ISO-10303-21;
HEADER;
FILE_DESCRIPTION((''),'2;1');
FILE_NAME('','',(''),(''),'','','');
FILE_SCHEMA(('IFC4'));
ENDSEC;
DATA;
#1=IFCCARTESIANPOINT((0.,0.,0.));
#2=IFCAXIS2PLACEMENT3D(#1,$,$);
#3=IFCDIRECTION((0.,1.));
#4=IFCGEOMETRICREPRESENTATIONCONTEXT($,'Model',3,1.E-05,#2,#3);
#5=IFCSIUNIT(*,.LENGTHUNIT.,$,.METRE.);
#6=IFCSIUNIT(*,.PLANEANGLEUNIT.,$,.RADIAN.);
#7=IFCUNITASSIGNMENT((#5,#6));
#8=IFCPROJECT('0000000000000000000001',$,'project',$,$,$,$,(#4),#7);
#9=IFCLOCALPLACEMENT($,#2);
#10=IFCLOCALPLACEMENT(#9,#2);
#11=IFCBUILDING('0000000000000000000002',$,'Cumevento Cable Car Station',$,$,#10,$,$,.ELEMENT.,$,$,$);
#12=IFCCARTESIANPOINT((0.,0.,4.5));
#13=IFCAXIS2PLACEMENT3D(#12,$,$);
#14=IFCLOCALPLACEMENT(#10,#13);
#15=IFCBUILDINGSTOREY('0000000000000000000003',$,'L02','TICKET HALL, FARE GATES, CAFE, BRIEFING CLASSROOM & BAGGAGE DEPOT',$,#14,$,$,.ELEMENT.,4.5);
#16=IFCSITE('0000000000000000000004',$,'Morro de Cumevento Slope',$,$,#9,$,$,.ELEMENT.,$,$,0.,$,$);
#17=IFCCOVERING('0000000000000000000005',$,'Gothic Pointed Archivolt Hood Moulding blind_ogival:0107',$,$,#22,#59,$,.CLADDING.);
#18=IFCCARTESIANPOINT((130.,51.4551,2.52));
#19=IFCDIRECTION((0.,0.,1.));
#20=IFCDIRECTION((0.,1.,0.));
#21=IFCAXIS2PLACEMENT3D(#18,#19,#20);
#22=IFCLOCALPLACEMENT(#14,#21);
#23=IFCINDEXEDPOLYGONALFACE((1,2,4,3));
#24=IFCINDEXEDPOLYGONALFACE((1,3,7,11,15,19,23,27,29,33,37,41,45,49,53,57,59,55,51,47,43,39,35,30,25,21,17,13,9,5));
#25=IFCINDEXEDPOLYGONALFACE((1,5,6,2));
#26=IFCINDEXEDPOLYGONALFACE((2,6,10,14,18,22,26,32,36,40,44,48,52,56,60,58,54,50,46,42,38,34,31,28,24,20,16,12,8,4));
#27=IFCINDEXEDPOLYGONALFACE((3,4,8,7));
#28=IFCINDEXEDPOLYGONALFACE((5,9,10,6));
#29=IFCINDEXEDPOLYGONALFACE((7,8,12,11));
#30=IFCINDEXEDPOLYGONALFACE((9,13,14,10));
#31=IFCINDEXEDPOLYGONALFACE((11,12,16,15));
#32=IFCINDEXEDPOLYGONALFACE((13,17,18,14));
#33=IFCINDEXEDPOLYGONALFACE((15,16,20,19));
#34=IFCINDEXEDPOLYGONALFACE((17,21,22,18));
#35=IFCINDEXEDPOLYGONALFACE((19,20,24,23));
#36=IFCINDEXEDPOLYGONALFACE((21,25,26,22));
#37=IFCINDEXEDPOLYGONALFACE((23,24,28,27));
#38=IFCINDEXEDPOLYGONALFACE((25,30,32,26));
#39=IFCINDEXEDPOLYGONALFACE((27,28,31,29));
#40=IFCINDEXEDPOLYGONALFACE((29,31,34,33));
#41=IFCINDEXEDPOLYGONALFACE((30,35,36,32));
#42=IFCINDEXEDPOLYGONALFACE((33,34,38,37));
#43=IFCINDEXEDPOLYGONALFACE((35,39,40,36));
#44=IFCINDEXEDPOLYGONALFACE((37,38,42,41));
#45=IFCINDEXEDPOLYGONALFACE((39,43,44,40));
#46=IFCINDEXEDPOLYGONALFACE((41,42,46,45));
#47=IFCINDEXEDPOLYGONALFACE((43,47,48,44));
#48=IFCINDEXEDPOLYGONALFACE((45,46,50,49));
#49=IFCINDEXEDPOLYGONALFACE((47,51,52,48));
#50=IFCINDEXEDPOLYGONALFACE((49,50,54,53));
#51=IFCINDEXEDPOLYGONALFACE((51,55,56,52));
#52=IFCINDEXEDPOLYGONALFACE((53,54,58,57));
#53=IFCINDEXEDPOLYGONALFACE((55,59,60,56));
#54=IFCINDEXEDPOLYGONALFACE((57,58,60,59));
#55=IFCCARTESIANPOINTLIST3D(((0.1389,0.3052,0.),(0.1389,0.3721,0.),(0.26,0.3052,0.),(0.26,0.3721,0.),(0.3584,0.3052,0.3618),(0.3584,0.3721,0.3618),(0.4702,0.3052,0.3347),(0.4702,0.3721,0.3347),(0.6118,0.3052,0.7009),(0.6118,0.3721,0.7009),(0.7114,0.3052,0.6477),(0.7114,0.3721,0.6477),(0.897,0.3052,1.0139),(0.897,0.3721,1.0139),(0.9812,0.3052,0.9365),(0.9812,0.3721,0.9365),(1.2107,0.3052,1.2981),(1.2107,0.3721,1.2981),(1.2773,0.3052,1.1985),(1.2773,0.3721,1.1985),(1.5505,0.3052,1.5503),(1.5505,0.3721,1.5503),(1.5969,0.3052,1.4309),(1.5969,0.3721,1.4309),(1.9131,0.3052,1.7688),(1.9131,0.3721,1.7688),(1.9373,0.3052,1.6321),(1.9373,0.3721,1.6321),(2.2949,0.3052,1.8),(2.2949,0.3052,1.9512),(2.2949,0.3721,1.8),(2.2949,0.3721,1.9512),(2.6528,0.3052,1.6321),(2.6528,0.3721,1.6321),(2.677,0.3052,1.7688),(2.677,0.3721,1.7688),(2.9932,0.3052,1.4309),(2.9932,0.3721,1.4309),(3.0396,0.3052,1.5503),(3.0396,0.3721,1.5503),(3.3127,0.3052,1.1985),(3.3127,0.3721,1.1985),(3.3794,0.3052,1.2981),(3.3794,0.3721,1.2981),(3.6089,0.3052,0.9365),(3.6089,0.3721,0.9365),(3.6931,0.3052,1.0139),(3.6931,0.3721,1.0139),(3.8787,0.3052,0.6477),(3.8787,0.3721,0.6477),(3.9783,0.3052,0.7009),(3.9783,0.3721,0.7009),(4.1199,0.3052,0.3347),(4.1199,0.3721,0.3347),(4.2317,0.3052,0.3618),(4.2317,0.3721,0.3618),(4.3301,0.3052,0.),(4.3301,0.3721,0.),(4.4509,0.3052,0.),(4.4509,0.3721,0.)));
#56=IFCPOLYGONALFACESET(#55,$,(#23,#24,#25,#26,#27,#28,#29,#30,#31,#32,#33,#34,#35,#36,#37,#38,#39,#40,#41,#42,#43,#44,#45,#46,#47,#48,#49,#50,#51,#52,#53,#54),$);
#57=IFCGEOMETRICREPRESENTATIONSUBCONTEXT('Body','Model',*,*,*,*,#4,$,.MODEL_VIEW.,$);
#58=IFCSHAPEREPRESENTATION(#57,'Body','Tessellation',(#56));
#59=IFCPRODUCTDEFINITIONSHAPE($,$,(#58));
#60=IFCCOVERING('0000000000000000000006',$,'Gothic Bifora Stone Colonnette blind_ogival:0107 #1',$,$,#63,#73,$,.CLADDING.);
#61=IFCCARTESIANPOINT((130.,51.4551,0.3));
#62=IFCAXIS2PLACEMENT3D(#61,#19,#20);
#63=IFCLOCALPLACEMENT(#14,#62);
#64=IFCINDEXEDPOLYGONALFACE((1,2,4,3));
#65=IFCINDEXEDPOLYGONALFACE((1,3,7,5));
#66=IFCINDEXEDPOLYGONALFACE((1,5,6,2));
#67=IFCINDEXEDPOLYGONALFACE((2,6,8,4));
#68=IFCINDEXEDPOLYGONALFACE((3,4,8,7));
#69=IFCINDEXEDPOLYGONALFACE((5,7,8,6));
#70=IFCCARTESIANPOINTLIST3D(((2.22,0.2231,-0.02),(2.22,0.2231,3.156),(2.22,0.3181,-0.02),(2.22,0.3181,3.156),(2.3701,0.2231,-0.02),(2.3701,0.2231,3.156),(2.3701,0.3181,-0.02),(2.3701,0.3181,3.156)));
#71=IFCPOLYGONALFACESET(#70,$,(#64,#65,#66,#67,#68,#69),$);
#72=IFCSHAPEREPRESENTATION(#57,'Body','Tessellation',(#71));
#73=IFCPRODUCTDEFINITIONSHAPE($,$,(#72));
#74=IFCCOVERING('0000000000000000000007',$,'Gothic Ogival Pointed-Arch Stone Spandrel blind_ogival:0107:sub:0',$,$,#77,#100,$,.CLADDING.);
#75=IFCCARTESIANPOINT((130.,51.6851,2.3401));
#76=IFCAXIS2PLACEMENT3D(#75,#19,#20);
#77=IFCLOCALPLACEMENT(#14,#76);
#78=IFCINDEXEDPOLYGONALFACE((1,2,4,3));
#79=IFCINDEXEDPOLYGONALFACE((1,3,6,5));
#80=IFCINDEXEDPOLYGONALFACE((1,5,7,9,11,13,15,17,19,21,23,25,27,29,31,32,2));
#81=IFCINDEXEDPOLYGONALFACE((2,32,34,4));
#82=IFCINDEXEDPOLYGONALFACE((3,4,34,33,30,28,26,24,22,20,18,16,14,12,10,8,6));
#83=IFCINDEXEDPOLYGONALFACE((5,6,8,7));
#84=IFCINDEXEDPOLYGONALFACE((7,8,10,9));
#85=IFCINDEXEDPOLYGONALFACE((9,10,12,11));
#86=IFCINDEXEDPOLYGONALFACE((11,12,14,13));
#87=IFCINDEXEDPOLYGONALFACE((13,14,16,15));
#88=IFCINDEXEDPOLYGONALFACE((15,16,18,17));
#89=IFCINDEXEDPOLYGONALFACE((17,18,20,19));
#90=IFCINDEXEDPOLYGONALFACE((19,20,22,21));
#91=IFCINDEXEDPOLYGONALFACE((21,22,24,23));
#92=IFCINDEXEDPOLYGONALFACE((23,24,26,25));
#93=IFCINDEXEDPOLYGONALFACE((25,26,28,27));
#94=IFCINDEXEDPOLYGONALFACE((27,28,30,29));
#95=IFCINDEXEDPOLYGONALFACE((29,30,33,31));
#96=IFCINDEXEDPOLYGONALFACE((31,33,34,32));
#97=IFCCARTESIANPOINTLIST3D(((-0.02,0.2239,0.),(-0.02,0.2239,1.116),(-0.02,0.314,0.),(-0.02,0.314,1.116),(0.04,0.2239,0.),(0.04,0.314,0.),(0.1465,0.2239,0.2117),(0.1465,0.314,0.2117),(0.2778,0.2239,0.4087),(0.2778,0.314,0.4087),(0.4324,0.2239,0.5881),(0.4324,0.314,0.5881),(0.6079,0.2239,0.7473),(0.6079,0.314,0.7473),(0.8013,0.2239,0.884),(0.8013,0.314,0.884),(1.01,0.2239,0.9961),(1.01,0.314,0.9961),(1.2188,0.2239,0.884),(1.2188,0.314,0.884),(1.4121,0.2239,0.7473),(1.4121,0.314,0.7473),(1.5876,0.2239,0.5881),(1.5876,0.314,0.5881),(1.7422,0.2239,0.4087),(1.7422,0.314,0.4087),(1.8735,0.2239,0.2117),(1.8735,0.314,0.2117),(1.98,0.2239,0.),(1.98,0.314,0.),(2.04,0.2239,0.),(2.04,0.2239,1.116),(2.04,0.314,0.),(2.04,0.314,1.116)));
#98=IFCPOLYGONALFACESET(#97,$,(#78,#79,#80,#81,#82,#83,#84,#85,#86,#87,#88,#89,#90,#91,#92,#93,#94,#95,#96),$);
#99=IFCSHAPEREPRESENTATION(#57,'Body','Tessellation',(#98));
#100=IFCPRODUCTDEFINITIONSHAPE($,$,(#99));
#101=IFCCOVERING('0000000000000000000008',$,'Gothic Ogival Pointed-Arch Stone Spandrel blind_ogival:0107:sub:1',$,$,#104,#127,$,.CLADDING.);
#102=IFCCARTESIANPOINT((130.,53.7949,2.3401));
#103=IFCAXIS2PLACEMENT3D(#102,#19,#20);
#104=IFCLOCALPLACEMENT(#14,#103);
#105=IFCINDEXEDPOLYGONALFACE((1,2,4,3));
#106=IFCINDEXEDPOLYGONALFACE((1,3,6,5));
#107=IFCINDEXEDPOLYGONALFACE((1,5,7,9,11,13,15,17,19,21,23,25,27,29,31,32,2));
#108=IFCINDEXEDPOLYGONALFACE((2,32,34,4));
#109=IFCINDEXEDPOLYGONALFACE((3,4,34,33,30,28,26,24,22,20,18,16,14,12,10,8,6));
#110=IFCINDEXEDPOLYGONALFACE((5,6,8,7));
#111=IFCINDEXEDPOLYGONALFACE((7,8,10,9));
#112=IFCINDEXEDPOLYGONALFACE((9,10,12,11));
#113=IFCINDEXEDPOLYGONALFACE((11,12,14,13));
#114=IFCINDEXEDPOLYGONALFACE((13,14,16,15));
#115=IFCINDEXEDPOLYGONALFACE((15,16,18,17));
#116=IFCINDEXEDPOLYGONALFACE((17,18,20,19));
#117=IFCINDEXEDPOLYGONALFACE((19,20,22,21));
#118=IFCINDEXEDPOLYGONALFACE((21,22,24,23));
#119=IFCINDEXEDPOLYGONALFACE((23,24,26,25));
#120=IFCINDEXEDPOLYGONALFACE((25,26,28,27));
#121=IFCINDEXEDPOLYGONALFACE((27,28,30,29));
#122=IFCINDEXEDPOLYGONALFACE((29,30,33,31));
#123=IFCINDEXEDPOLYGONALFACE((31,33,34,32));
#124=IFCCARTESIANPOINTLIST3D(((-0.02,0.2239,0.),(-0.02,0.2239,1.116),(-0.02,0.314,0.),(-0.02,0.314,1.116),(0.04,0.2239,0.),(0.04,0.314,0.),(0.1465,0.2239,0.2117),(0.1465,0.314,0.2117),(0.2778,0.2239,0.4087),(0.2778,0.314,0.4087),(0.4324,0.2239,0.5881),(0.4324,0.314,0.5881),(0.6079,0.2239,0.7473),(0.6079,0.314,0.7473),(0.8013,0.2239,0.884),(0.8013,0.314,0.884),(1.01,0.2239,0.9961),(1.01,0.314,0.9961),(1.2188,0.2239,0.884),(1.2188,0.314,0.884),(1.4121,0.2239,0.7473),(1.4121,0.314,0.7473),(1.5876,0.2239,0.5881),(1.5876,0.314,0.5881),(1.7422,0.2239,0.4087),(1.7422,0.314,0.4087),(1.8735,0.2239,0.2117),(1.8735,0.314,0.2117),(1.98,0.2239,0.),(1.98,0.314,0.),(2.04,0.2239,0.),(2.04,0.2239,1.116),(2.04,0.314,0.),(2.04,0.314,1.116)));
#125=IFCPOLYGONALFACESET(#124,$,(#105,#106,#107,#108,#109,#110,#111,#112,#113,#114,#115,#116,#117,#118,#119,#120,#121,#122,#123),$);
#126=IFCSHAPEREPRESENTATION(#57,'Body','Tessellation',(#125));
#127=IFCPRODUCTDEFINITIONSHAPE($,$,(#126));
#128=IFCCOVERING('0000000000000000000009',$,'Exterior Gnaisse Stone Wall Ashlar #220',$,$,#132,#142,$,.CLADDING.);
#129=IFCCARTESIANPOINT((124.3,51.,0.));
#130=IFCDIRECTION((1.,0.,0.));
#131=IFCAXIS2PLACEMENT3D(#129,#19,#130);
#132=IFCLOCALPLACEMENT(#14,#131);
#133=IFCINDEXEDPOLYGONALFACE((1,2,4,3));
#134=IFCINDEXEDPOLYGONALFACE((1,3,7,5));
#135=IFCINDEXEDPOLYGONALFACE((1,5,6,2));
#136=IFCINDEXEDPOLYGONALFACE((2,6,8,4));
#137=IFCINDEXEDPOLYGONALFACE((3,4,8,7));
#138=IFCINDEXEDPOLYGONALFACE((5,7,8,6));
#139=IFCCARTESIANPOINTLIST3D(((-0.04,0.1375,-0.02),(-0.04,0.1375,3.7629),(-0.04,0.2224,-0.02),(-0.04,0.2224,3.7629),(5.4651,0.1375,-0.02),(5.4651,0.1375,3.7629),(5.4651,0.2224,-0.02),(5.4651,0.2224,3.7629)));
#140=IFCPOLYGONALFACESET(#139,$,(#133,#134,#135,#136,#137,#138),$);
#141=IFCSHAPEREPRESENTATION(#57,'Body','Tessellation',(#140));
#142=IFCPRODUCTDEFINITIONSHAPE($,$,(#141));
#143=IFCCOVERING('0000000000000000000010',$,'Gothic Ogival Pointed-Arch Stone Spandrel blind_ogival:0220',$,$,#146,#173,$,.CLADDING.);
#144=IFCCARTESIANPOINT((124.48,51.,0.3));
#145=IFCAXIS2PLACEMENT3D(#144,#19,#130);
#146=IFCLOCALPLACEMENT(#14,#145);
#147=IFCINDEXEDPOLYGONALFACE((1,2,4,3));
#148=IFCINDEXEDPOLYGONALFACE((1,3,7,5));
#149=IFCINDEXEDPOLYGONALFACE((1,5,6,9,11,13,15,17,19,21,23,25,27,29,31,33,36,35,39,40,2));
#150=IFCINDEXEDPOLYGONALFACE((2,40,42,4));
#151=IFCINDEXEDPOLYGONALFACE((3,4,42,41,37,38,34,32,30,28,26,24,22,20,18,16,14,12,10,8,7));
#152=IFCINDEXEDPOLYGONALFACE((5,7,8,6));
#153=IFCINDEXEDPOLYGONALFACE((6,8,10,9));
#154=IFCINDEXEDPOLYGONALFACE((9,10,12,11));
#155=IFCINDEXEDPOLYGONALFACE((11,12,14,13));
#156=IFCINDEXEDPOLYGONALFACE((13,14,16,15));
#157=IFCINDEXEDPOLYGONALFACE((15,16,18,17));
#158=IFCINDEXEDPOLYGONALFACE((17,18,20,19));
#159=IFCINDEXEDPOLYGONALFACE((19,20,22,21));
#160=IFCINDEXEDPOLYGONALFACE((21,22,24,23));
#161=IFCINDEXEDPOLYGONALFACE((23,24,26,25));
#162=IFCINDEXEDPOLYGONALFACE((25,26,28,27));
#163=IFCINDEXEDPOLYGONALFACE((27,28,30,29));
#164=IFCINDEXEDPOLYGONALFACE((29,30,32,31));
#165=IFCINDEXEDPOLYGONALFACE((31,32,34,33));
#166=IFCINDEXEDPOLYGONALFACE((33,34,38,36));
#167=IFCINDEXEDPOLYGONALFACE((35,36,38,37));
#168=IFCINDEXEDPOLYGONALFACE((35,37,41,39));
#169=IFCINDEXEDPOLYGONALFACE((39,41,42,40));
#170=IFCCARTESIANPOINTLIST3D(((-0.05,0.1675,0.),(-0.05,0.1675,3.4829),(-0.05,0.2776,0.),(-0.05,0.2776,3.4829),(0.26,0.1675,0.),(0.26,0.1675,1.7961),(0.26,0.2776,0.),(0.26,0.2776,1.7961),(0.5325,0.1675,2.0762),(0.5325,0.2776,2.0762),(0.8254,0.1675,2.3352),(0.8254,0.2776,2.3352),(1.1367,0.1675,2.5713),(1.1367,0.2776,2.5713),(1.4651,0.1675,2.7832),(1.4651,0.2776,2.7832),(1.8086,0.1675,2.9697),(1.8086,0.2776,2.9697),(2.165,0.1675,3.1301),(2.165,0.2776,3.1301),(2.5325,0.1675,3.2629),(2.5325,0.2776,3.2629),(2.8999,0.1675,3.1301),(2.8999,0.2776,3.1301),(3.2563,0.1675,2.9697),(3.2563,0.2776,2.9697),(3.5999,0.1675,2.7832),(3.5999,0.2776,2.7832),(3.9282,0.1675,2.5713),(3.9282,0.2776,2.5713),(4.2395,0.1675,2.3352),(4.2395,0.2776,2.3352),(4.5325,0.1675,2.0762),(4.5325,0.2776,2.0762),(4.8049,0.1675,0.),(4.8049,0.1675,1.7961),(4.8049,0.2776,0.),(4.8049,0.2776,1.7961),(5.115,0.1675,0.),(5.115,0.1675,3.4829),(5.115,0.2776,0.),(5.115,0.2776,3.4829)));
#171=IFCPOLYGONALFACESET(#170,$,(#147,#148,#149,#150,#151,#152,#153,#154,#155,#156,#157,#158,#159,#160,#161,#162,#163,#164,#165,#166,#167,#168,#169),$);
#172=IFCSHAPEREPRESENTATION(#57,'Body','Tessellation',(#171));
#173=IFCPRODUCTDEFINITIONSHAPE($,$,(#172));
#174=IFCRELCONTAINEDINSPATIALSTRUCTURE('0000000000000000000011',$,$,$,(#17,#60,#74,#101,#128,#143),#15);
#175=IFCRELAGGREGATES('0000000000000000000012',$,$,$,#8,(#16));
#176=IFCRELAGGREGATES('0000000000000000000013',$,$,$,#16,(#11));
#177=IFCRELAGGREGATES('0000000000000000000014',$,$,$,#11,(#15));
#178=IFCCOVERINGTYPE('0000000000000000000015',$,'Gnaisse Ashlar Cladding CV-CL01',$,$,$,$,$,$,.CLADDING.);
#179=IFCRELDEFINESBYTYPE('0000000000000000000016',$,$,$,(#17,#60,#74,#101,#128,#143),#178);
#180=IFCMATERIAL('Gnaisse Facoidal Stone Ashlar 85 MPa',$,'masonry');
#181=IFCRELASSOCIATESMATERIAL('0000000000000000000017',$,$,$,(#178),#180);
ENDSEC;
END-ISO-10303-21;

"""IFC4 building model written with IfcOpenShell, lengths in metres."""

from ifc_helpers import new_model, si_unit, direction, frame, origin, place, context, subcontext, project, spatial, polyline, outline, extrude, material, type_object, element, save


model = new_model("IFC4")

# Units and contexts
model_context = context("Model", 3, precision=1e-05, world=origin(), true_north=direction((0.0, 1.0)))
body_context = subcontext(model_context, "Body", "Model", "MODEL_VIEW")
ifc_project = project(units=[si_unit("LENGTHUNIT", "METRE"), si_unit("PLANEANGLEUNIT", "RADIAN")], contexts=[model_context])

# Site, building, storey
site_placement = place(None, origin())
site = spatial("IfcSite", under=ifc_project, at=site_placement, Name="Morro de Cumevento Slope", CompositionType="ELEMENT", RefElevation=0.0)
building_placement = place(site_placement, origin())
building = spatial("IfcBuilding", under=site, at=building_placement, Name="Cumevento Cable Car Station", CompositionType="ELEMENT")
storey_placement = place(building_placement, frame((0.0, 0.0, 4.5)))
storey = spatial("IfcBuildingStorey", under=building, at=storey_placement, Name="L02", Description="TICKET HALL, FARE GATES, CAFE, BRIEFING CLASSROOM & BAGGAGE DEPOT", CompositionType="ELEMENT", Elevation=4.5)

# Coverings
ifc_material_1 = material(Name="Gnaisse Facoidal Stone Ashlar 85 MPa", Category="masonry")
covering_type = type_object("IfcCoveringType", Name="Gnaisse Ashlar Cladding CV-CL01", PredefinedType="CLADDING", material=ifc_material_1)
placement_1 = place(storey_placement, frame((130.0, 51.4551, 0.3), z_axis=(0.0, 0.0, 1.0), x_axis=(0.0, 1.0, 0.0)))
covering_1_placement = place(storey_placement, frame((130.0, 51.4551, 2.52), z_axis=(0.0, 0.0, 1.0), x_axis=(0.0, 1.0, 0.0)))
element("IfcCovering", 1, at=covering_1_placement, inside=storey, type_object=covering_type, Name="Gothic Pointed Archivolt Hood Moulding blind_ogival:0107", PredefinedType="CLADDING", context=body_context, shape_type="SweptSolid", body=[
    extrude(outline(polyline([(0.26, 0.0), (0.4702, 0.3347), (0.7114, 0.6477), (0.9812, 0.9365), (1.2773, 1.1985), (1.5969, 1.4309), (1.9373, 1.6321), (2.2949, 1.8), (2.6528, 1.6321), (2.9932, 1.4309), (3.3127, 1.1985), (3.6089, 0.9365), (3.8787, 0.6477), (4.1199, 0.3347), (4.3301, 0.0), (4.4509, 0.0), (4.2317, 0.3618), (3.9783, 0.7009), (3.6931, 1.0139), (3.3794, 1.2981), (3.0396, 1.5503), (2.677, 1.7688), (2.2949, 1.9512), (1.9131, 1.7688), (1.5505, 1.5503), (1.2107, 1.2981), (0.897, 1.0139), (0.6118, 0.7009), (0.3584, 0.3618), (0.1389, 0.0), (0.26, 0.0)])), frame((0.0, 0.3721, 0.0), z_axis=(0.0, -1.0, 0.0), x_axis=(1.0, 0.0, 0.0)), (0.0, 0.0, 1.0), 0.0669),
])
element("IfcCovering", 2, at=placement_1, inside=storey, type_object=covering_type, Name="Gothic Bifora Stone Colonnette blind_ogival:0107 #1", PredefinedType="CLADDING", context=body_context, shape_type="SweptSolid", body=[
    extrude(outline(polyline([(2.22, -0.02), (2.3701, -0.02), (2.3701, 3.156), (2.22, 3.156), (2.22, -0.02)])), frame((0.0, 0.3181, 0.0), z_axis=(0.0, -1.0, 0.0), x_axis=(1.0, 0.0, 0.0)), (0.0, 0.0, 1.0), 0.095),
])
for number, where, z_axis, x_axis, name in (
    (3, (130.0, 51.6851, 2.3401), (0.0, 0.0, 1.0), (0.0, 1.0, 0.0), "Gothic Ogival Pointed-Arch Stone Spandrel blind_ogival:0107:sub:0"),
    (4, (130.0, 53.7949, 2.3401), (0.0, 0.0, 1.0), (0.0, 1.0, 0.0), "Gothic Ogival Pointed-Arch Stone Spandrel blind_ogival:0107:sub:1"),
):
    element("IfcCovering", number, at=place(storey_placement, frame(where, z_axis=z_axis, x_axis=x_axis)), inside=storey, type_object=covering_type, Name=name, PredefinedType="CLADDING", context=body_context, shape_type="SweptSolid", body=[
        extrude(outline(polyline([(-0.02, 0.0), (-0.02, 1.116), (2.04, 1.116), (2.04, 0.0), (1.98, 0.0), (1.8735, 0.2117), (1.7422, 0.4087), (1.5876, 0.5881), (1.4121, 0.7473), (1.2188, 0.884), (1.01, 0.9961), (0.8013, 0.884), (0.6079, 0.7473), (0.4324, 0.5881), (0.2778, 0.4087), (0.1465, 0.2117), (0.04, 0.0), (-0.02, 0.0)])), frame((0.0, 0.314, 0.0), z_axis=(0.0, -1.0, 0.0), x_axis=(1.0, 0.0, 0.0)), (0.0, 0.0, 1.0), 0.0901),
    ])
covering_2_placement = place(storey_placement, frame((124.3, 51.0, 0.0), z_axis=(0.0, 0.0, 1.0), x_axis=(1.0, 0.0, 0.0)))
element("IfcCovering", 5, at=covering_2_placement, inside=storey, type_object=covering_type, Name="Exterior Gnaisse Stone Wall Ashlar #220", PredefinedType="CLADDING", context=body_context, shape_type="SweptSolid", body=[
    extrude(outline(polyline([(-0.04, -0.02), (5.4651, -0.02), (5.4651, 3.7629), (-0.04, 3.7629), (-0.04, -0.02)])), frame((0.0, 0.2224, 0.0), z_axis=(0.0, -1.0, 0.0), x_axis=(1.0, 0.0, 0.0)), (0.0, 0.0, 1.0), 0.085),
])
placement_2 = place(storey_placement, frame((124.48, 51.0, 0.3), z_axis=(0.0, 0.0, 1.0), x_axis=(1.0, 0.0, 0.0)))
element("IfcCovering", 6, at=placement_2, inside=storey, type_object=covering_type, Name="Gothic Ogival Pointed-Arch Stone Spandrel blind_ogival:0220", PredefinedType="CLADDING", context=body_context, shape_type="SweptSolid", body=[
    extrude(outline(polyline([(-0.05, 0.0), (-0.05, 3.4829), (5.115, 3.4829), (5.115, 0.0), (4.8049, 0.0), (4.8049, 1.7961), (4.5325, 2.0762), (4.2395, 2.3352), (3.9282, 2.5713), (3.5999, 2.7832), (3.2563, 2.9697), (2.8999, 3.1301), (2.5325, 3.2629), (2.165, 3.1301), (1.8086, 2.9697), (1.4651, 2.7832), (1.1367, 2.5713), (0.8254, 2.3352), (0.5325, 2.0762), (0.26, 1.7961), (0.26, 0.0), (-0.05, 0.0)])), frame((0.0, 0.2776, 0.0), z_axis=(0.0, -1.0, 0.0), x_axis=(1.0, 0.0, 0.0)), (0.0, 0.0, 1.0), 0.1101),
])

save(model, "model.ifc")
